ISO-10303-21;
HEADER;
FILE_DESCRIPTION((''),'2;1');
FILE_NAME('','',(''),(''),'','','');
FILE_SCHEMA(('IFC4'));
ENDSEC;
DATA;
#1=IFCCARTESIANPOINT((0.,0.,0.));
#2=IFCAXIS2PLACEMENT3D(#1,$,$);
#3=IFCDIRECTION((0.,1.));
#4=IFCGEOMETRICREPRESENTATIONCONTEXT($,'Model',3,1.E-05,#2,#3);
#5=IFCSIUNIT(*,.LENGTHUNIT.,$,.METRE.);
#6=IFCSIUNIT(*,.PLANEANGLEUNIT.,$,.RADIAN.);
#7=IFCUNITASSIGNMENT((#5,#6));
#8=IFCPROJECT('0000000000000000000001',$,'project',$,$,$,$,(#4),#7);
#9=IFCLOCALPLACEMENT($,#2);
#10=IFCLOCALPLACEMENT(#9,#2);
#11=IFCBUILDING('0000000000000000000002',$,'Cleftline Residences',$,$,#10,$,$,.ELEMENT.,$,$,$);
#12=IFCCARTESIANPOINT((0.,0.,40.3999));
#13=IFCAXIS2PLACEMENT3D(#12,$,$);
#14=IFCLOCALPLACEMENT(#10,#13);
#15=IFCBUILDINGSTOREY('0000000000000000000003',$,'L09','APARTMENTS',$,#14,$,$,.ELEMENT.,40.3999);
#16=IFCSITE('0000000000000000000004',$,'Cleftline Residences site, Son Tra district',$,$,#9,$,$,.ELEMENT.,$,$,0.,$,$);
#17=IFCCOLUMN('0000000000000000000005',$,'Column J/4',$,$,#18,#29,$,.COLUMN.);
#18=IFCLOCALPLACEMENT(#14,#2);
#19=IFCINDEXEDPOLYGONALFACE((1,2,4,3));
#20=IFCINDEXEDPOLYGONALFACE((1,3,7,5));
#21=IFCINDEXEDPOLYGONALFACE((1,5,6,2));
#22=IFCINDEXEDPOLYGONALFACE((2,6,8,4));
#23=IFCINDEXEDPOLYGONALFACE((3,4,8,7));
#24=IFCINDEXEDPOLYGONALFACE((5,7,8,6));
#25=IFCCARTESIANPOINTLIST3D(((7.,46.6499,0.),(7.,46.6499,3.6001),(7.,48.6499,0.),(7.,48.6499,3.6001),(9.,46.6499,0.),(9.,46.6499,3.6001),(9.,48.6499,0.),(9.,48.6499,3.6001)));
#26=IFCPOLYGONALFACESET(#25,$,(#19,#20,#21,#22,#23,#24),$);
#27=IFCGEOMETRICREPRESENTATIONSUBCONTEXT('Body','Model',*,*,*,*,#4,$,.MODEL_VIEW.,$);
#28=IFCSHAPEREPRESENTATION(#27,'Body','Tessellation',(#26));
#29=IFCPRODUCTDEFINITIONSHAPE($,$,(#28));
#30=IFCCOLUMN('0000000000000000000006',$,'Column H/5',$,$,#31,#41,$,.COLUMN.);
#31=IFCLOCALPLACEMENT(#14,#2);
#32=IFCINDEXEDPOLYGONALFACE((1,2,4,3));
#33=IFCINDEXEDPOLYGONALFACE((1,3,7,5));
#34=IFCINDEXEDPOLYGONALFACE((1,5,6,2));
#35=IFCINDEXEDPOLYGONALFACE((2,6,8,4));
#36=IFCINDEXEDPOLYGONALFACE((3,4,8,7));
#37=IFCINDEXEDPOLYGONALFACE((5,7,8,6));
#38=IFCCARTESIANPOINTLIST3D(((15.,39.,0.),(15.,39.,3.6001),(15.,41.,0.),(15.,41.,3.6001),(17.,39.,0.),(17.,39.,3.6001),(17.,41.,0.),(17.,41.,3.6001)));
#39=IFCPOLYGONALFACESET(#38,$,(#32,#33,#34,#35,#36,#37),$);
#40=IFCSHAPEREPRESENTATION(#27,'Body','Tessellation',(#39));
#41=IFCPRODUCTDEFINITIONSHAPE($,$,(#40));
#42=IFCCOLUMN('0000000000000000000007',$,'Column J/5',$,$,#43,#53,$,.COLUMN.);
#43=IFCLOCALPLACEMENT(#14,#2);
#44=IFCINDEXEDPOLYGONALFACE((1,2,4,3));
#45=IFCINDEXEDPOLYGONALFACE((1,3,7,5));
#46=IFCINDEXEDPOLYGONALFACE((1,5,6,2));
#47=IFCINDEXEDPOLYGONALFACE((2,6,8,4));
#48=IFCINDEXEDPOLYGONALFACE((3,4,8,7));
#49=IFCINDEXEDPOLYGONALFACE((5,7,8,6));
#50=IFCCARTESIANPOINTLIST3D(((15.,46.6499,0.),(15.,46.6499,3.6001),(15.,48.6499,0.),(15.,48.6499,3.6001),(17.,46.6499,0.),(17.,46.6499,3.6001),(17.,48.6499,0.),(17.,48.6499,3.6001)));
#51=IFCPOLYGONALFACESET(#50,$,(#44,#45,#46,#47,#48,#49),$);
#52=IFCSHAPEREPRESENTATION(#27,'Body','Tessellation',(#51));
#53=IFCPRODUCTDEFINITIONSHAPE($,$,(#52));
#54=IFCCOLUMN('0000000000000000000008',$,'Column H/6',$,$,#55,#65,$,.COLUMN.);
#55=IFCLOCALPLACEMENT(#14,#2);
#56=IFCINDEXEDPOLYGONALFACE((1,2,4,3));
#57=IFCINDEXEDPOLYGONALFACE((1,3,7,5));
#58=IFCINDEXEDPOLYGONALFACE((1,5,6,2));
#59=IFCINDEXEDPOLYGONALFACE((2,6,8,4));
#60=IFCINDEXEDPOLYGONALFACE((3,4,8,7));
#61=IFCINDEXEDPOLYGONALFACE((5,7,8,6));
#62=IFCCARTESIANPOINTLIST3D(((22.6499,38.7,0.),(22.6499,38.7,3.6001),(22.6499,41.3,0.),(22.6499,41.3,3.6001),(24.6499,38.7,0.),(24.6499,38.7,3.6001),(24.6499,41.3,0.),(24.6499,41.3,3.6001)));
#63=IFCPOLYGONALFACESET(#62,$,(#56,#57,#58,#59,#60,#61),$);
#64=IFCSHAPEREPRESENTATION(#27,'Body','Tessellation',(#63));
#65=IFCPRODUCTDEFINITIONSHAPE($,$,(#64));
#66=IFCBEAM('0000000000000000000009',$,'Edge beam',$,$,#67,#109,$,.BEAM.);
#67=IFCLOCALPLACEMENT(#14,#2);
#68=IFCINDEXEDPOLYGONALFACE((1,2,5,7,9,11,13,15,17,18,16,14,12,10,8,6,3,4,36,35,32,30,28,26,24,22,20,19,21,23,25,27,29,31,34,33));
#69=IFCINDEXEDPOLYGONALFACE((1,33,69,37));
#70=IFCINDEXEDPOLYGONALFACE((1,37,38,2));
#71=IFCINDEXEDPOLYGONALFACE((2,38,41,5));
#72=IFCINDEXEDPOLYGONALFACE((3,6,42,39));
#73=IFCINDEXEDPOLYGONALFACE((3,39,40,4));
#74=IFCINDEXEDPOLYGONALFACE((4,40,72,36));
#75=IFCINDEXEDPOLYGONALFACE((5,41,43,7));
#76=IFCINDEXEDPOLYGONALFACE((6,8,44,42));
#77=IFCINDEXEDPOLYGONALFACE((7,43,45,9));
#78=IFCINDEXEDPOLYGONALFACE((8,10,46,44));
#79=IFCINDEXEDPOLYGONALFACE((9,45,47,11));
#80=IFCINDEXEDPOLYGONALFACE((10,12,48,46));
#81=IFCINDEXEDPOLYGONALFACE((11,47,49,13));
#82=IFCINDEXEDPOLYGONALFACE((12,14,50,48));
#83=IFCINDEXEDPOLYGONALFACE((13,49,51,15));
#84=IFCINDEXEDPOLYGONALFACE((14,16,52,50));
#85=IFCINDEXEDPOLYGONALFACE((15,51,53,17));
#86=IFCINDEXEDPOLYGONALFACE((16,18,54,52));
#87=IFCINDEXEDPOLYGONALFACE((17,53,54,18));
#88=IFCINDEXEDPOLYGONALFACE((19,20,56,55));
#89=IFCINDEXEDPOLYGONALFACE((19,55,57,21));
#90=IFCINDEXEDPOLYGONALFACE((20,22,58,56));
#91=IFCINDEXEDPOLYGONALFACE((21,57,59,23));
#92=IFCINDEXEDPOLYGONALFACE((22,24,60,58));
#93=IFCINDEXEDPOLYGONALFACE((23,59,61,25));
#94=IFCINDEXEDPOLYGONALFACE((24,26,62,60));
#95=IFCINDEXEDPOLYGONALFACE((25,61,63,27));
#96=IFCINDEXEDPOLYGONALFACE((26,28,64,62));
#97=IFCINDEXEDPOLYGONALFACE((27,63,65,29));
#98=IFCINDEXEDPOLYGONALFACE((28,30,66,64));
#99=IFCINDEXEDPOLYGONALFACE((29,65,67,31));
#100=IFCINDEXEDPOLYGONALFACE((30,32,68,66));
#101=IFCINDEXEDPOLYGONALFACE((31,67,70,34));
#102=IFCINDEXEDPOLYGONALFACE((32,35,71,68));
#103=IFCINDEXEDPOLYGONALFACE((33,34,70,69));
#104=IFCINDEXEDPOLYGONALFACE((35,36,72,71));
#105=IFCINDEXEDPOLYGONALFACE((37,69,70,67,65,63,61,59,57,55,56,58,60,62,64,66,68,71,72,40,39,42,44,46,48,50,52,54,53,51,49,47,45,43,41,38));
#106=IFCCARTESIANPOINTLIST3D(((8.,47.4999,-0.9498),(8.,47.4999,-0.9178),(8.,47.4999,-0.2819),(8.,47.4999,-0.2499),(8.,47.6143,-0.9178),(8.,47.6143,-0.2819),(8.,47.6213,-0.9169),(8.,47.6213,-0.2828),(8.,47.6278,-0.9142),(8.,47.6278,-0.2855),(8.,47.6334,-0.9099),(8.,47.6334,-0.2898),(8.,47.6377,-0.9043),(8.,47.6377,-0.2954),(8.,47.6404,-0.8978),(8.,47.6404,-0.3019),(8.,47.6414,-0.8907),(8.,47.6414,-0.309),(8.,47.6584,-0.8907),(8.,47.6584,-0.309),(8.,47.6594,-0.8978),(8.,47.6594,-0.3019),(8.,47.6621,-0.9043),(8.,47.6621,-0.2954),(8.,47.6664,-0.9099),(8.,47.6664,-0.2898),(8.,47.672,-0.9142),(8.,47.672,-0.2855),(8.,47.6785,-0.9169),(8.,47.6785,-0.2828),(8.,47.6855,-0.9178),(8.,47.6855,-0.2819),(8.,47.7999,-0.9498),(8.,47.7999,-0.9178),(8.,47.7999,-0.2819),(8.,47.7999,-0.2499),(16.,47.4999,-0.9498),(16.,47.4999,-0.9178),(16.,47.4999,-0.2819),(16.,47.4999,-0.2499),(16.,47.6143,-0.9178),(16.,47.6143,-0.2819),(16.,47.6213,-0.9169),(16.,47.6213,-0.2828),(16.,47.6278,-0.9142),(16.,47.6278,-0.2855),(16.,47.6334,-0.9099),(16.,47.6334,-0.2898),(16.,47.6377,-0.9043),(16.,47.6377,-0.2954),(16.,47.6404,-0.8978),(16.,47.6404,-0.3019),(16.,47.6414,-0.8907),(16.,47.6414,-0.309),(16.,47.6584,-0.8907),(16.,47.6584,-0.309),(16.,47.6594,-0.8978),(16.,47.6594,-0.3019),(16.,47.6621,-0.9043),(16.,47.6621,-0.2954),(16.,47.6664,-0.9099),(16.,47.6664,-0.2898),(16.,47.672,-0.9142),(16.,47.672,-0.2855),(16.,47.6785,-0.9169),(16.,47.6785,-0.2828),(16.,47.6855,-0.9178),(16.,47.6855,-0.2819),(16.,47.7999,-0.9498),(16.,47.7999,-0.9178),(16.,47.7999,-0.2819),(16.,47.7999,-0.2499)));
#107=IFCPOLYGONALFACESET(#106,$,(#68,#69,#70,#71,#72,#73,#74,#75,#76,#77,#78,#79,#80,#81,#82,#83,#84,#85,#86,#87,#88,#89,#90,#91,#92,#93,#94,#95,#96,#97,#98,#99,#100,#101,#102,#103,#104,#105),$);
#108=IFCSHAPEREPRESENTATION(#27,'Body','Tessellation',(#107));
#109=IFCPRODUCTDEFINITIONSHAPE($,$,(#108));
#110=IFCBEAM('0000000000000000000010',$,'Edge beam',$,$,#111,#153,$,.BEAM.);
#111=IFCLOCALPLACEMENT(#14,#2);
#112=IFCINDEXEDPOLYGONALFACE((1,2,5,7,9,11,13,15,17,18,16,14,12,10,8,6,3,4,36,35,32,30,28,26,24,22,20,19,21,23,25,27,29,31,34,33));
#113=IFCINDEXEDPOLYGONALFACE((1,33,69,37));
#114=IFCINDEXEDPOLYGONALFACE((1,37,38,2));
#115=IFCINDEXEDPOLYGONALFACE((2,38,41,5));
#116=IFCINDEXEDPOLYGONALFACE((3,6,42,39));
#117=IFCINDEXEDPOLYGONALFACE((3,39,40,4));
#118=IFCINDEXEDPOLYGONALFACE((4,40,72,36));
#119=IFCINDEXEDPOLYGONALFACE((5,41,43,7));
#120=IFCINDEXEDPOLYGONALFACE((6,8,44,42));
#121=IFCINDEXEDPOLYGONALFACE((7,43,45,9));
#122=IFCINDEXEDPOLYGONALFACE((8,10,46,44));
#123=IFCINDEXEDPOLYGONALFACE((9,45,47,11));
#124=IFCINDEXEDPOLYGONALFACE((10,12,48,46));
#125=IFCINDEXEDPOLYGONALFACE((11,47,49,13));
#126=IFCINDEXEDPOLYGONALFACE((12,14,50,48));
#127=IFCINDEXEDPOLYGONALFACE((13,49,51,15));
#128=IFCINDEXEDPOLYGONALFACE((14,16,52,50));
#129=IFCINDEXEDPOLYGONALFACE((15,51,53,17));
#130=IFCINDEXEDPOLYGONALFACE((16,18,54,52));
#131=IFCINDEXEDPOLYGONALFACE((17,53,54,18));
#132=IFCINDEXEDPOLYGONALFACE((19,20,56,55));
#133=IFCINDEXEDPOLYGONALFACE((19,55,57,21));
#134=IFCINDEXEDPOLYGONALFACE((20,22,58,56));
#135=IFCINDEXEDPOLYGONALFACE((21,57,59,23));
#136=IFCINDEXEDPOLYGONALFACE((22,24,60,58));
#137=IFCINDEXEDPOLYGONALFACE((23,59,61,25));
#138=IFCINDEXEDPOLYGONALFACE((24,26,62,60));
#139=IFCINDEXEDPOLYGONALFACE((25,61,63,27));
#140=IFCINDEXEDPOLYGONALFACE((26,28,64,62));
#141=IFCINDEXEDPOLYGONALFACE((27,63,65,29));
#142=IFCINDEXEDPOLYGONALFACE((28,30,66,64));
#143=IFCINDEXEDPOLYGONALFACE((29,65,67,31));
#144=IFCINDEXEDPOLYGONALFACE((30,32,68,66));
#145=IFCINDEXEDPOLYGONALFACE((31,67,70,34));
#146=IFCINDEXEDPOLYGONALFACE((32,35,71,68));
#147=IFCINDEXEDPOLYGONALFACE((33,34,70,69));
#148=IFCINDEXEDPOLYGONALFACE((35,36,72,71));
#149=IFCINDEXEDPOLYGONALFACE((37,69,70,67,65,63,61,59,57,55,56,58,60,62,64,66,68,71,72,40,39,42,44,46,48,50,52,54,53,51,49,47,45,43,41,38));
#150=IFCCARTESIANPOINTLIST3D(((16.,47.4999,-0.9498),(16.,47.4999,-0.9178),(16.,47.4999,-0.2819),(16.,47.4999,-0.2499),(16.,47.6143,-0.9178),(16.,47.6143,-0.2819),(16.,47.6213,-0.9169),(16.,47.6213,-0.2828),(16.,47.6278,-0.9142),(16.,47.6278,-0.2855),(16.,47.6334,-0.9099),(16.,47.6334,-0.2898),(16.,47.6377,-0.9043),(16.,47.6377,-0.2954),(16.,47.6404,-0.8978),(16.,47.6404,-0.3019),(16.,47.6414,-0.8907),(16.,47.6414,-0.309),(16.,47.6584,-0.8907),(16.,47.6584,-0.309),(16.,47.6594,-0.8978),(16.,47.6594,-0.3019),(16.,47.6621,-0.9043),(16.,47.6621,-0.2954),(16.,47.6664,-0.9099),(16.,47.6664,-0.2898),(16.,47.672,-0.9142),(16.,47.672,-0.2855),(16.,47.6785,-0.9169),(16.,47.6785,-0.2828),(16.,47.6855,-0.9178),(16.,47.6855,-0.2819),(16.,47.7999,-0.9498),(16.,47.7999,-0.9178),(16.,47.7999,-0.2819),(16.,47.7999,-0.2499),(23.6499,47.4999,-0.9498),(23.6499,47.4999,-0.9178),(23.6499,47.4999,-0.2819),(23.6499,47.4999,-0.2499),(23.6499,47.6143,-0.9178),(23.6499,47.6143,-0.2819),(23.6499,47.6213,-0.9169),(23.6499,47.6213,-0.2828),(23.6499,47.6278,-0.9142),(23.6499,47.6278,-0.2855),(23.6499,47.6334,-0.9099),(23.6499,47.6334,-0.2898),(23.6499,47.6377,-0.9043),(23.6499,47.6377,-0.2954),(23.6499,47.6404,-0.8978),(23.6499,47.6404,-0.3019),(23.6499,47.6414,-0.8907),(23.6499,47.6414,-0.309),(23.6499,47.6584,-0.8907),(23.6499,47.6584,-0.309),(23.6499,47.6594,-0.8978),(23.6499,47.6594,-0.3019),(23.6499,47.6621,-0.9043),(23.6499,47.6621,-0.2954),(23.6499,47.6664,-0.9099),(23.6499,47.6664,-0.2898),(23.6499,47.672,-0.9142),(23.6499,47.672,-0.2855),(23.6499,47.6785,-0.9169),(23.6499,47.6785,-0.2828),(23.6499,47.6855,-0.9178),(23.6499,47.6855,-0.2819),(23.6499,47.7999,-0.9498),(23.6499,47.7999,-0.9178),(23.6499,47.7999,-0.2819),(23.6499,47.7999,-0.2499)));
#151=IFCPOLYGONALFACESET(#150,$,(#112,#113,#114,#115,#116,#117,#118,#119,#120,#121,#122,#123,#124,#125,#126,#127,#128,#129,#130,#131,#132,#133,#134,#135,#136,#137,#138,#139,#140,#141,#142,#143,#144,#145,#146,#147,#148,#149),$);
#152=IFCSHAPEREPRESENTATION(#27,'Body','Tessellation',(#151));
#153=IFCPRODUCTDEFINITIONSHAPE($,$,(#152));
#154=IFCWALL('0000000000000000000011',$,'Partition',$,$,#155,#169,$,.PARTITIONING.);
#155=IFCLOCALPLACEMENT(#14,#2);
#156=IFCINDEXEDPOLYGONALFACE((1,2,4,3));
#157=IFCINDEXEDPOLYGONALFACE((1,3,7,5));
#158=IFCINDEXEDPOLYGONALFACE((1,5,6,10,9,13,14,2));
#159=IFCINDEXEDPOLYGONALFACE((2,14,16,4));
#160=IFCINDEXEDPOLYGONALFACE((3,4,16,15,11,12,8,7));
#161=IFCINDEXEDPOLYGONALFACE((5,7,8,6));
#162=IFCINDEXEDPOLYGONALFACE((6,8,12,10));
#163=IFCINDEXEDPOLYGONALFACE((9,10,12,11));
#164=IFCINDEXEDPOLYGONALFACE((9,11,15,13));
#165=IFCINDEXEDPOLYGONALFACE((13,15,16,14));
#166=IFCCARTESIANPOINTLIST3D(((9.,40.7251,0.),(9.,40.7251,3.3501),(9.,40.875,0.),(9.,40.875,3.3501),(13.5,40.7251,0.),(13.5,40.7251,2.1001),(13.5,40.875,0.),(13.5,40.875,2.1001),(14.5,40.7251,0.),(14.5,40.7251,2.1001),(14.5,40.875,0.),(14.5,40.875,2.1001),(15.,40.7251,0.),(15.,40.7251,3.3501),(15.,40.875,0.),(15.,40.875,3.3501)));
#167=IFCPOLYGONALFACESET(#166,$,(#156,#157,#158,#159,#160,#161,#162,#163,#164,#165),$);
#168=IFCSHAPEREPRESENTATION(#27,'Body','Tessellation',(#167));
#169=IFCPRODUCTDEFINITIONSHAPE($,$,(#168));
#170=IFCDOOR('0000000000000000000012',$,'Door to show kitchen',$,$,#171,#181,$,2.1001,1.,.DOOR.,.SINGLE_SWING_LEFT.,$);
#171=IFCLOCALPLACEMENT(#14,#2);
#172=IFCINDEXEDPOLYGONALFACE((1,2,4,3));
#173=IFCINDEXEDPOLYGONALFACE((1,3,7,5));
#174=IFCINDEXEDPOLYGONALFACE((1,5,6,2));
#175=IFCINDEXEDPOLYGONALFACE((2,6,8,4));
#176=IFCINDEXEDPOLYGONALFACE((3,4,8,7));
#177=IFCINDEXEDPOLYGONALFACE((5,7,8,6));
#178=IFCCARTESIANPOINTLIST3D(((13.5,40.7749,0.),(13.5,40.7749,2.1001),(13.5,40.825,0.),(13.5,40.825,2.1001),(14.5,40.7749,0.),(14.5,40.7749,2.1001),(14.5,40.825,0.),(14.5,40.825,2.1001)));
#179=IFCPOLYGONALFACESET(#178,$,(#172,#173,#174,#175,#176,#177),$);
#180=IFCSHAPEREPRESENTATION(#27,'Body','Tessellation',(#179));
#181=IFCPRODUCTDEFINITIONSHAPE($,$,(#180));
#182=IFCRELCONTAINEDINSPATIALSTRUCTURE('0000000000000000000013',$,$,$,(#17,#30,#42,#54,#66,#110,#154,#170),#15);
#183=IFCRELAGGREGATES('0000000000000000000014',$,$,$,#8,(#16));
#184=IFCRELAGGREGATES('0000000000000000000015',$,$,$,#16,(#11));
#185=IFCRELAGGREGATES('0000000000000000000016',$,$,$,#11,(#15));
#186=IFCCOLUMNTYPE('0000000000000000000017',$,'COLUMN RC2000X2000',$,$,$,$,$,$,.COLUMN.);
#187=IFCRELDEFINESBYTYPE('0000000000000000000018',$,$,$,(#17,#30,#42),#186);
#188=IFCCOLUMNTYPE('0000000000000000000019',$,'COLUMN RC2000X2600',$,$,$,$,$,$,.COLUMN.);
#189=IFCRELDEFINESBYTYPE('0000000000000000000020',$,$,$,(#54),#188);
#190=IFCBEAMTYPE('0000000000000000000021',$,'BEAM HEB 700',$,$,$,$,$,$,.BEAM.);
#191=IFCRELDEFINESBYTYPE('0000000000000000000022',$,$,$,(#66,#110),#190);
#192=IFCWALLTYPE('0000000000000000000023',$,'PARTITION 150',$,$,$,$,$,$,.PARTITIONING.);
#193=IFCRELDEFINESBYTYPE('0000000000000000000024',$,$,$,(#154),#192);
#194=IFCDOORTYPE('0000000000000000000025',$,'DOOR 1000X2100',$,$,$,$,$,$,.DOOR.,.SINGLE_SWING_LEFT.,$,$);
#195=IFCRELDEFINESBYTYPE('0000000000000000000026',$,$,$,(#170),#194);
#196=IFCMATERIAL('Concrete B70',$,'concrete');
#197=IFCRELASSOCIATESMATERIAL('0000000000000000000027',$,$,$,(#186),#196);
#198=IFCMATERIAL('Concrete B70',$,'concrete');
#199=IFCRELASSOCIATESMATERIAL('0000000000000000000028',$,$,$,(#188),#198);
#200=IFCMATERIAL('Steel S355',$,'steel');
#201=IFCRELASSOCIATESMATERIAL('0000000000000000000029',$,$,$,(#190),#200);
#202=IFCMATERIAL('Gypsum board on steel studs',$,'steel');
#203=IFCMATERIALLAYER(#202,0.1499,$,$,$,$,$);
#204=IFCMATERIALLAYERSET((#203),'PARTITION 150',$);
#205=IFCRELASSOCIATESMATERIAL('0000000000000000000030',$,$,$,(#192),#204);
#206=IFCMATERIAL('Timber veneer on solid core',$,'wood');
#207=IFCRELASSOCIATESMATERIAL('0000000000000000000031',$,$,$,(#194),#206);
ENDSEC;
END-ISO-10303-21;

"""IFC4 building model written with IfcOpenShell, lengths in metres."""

from ifc_helpers import new_model, si_unit, direction, frame, frame_2d, origin, origin_2d, place, context, subcontext, project, spatial, rectangle, i_section, extrude, material, layer, layer_set, material_profile, profile_set, type_object, element, fill, save


model = new_model("IFC4")

# Units and contexts
model_context = context("Model", 3, precision=1e-05, world=origin(), true_north=direction((0.0, 1.0)))
body_context = subcontext(model_context, "Body", "Model", "MODEL_VIEW")
ifc_project = project(units=[si_unit("LENGTHUNIT", "METRE"), si_unit("PLANEANGLEUNIT", "RADIAN")], contexts=[model_context])

# Site, building, storey
site_placement = place(None, origin())
site = spatial("IfcSite", under=ifc_project, at=site_placement, Name="Cleftline Residences site, Son Tra district", CompositionType="ELEMENT", RefElevation=0.0)
building_placement = place(site_placement, origin())
building = spatial("IfcBuilding", under=site, at=building_placement, Name="Cleftline Residences", CompositionType="ELEMENT")
storey_placement = place(building_placement, frame((0.0, 0.0, 40.3999)))
storey = spatial("IfcBuildingStorey", under=building, at=storey_placement, Name="L09", Description="APARTMENTS", CompositionType="ELEMENT", Elevation=40.3999)

# Columns
ifc_material_1 = material(Name="Concrete B70", Category="concrete")
ifc_material_profile_1 = material_profile(ifc_material_1, rectangle(XDim=2.0, YDim=2.0, at=origin_2d()))
ifc_profile_set_1 = profile_set([ifc_material_profile_1], Name="Concrete B70")
column_type_1 = type_object("IfcColumnType", Name="COLUMN RC2000X2000", PredefinedType="COLUMN", material=ifc_profile_set_1)
for number, where, z_axis, x_axis, name in (
    (1, (8.0, 47.6499, 0.0), (0.0, 0.0, 1.0), (1.0, 0.0, 0.0), "Column J/4"),
    (2, (16.0, 40.0, 0.0), (0.0, 0.0, 1.0), (1.0, 0.0, 0.0), "Column H/5"),
    (3, (16.0, 47.6499, 0.0), (0.0, 0.0, 1.0), (1.0, 0.0, 0.0), "Column J/5"),
):
    element("IfcColumn", number, at=place(storey_placement, frame(where, z_axis=z_axis, x_axis=x_axis)), inside=storey, type_object=column_type_1, Name=name, PredefinedType="COLUMN", context=body_context, shape_type="SweptSolid", body=[
        extrude(rectangle(XDim=2.0, YDim=2.0, at=origin_2d()), origin(), (0.0, 0.0, 1.0), 3.6001),
    ])
ifc_material_2 = material(Name="Concrete B70", Category="concrete")
ifc_material_profile_2 = material_profile(ifc_material_2, rectangle(XDim=2.0, YDim=2.6001, at=origin_2d()))
ifc_profile_set_2 = profile_set([ifc_material_profile_2], Name="Concrete B70")
column_type_2 = type_object("IfcColumnType", Name="COLUMN RC2000X2600", PredefinedType="COLUMN", material=ifc_profile_set_2)
column_placement = place(storey_placement, frame((23.6499, 40.0, 0.0), z_axis=(0.0, 0.0, 1.0), x_axis=(1.0, 0.0, 0.0)))
element("IfcColumn", 4, at=column_placement, inside=storey, type_object=column_type_2, Name="Column H/6", PredefinedType="COLUMN", context=body_context, shape_type="SweptSolid", body=[
    extrude(rectangle(XDim=2.0, YDim=2.6001, at=origin_2d()), origin(), (0.0, 0.0, 1.0), 3.6001),
])

# Beams
ifc_material_3 = material(Name="Steel S355", Category="steel")
ifc_material_profile_3 = material_profile(ifc_material_3, i_section(OverallWidth=0.3, OverallDepth=0.7, WebThickness=0.0171, FlangeThickness=0.032, FilletRadius=0.0271, at=origin_2d()))
ifc_profile_set_3 = profile_set([ifc_material_profile_3], Name="Steel S355")
beam_type = type_object("IfcBeamType", Name="BEAM HEB 700", PredefinedType="BEAM", material=ifc_profile_set_3)
beam_1_placement = place(storey_placement, frame((8.0, 47.6499, -0.5999), z_axis=(1.0, 0.0, 0.0), x_axis=(0.0, 1.0, 0.0)))
element("IfcBeam", 5, at=beam_1_placement, inside=storey, type_object=beam_type, Name="Edge beam", PredefinedType="BEAM", context=body_context, shape_type="SweptSolid", body=[
    extrude(i_section(OverallWidth=0.3, OverallDepth=0.7, WebThickness=0.0171, FlangeThickness=0.032, FilletRadius=0.0271, at=origin_2d()), origin(), (0.0, 0.0, 1.0), 8.0),
])
beam_2_placement = place(storey_placement, frame((16.0, 47.6499, -0.5999), z_axis=(1.0, 0.0, 0.0), x_axis=(0.0, 1.0, 0.0)))
element("IfcBeam", 6, at=beam_2_placement, inside=storey, type_object=beam_type, Name="Edge beam", PredefinedType="BEAM", context=body_context, shape_type="SweptSolid", body=[
    extrude(i_section(OverallWidth=0.3, OverallDepth=0.7, WebThickness=0.0171, FlangeThickness=0.032, FilletRadius=0.0271, at=origin_2d()), origin(), (0.0, 0.0, 1.0), 7.6499),
])

# Wall, opening, door
ifc_material_4 = material(Name="Gypsum board on steel studs", Category="steel")
ifc_layer = layer(ifc_material_4, 0.1499)
ifc_layer_set = layer_set([ifc_layer], Name="PARTITION 150")
wall_type = type_object("IfcWallType", Name="PARTITION 150", PredefinedType="PARTITIONING", material=ifc_layer_set)
wall_1_placement = place(storey_placement, frame((9.0, 40.8, 0.0), z_axis=(0.0, 0.0, 1.0), x_axis=(1.0, 0.0, 0.0)))
wall_1 = element("IfcWall", 7, at=wall_1_placement, inside=storey, type_object=wall_type, Name="Partition", PredefinedType="PARTITIONING", context=body_context, shape_type="SweptSolid", body=[
    extrude(rectangle(XDim=6.0, YDim=0.1499, at=frame_2d((3.0, 0.0))), origin(), (0.0, 0.0, 1.0), 3.3501),
])
opening_1_placement = place(wall_1_placement, frame((4.5, 0.0, 0.0)))
opening_1 = element("IfcOpeningElement", 8, at=opening_1_placement, cuts=wall_1, PredefinedType="OPENING", context=body_context, shape_type="SweptSolid", body=[
    extrude(rectangle(XDim=1.0, YDim=2.1001, at=frame_2d((0.5, 1.05))), frame((0.0, 0.085, 0.0), z_axis=(0.0, -1.0, 0.0), x_axis=(1.0, 0.0, 0.0)), (0.0, 0.0, 1.0), 0.1699),
])
ifc_material_5 = material(Name="Timber veneer on solid core", Category="wood")
door_type_1 = type_object("IfcDoorType", Name="DOOR 1000X2100", OperationType="SINGLE_SWING_LEFT", PredefinedType="DOOR", material=ifc_material_5)
door_1_placement = place(opening_1_placement, origin())
door_1 = element("IfcDoor", 9, at=door_1_placement, inside=storey, type_object=door_type_1, Name="Door to show kitchen", OperationType="SINGLE_SWING_LEFT", OverallHeight=2.1001, OverallWidth=1.0, PredefinedType="DOOR", context=body_context, shape_type="SweptSolid", body=[
    extrude(rectangle(XDim=1.0, YDim=2.1001, at=frame_2d((0.5, 1.05))), frame((0.0, 0.0249, 0.0), z_axis=(0.0, -1.0, 0.0), x_axis=(1.0, 0.0, 0.0)), (0.0, 0.0, 1.0), 0.05),
])
fill(opening_1, door_1)

save(model, "model.ifc")
